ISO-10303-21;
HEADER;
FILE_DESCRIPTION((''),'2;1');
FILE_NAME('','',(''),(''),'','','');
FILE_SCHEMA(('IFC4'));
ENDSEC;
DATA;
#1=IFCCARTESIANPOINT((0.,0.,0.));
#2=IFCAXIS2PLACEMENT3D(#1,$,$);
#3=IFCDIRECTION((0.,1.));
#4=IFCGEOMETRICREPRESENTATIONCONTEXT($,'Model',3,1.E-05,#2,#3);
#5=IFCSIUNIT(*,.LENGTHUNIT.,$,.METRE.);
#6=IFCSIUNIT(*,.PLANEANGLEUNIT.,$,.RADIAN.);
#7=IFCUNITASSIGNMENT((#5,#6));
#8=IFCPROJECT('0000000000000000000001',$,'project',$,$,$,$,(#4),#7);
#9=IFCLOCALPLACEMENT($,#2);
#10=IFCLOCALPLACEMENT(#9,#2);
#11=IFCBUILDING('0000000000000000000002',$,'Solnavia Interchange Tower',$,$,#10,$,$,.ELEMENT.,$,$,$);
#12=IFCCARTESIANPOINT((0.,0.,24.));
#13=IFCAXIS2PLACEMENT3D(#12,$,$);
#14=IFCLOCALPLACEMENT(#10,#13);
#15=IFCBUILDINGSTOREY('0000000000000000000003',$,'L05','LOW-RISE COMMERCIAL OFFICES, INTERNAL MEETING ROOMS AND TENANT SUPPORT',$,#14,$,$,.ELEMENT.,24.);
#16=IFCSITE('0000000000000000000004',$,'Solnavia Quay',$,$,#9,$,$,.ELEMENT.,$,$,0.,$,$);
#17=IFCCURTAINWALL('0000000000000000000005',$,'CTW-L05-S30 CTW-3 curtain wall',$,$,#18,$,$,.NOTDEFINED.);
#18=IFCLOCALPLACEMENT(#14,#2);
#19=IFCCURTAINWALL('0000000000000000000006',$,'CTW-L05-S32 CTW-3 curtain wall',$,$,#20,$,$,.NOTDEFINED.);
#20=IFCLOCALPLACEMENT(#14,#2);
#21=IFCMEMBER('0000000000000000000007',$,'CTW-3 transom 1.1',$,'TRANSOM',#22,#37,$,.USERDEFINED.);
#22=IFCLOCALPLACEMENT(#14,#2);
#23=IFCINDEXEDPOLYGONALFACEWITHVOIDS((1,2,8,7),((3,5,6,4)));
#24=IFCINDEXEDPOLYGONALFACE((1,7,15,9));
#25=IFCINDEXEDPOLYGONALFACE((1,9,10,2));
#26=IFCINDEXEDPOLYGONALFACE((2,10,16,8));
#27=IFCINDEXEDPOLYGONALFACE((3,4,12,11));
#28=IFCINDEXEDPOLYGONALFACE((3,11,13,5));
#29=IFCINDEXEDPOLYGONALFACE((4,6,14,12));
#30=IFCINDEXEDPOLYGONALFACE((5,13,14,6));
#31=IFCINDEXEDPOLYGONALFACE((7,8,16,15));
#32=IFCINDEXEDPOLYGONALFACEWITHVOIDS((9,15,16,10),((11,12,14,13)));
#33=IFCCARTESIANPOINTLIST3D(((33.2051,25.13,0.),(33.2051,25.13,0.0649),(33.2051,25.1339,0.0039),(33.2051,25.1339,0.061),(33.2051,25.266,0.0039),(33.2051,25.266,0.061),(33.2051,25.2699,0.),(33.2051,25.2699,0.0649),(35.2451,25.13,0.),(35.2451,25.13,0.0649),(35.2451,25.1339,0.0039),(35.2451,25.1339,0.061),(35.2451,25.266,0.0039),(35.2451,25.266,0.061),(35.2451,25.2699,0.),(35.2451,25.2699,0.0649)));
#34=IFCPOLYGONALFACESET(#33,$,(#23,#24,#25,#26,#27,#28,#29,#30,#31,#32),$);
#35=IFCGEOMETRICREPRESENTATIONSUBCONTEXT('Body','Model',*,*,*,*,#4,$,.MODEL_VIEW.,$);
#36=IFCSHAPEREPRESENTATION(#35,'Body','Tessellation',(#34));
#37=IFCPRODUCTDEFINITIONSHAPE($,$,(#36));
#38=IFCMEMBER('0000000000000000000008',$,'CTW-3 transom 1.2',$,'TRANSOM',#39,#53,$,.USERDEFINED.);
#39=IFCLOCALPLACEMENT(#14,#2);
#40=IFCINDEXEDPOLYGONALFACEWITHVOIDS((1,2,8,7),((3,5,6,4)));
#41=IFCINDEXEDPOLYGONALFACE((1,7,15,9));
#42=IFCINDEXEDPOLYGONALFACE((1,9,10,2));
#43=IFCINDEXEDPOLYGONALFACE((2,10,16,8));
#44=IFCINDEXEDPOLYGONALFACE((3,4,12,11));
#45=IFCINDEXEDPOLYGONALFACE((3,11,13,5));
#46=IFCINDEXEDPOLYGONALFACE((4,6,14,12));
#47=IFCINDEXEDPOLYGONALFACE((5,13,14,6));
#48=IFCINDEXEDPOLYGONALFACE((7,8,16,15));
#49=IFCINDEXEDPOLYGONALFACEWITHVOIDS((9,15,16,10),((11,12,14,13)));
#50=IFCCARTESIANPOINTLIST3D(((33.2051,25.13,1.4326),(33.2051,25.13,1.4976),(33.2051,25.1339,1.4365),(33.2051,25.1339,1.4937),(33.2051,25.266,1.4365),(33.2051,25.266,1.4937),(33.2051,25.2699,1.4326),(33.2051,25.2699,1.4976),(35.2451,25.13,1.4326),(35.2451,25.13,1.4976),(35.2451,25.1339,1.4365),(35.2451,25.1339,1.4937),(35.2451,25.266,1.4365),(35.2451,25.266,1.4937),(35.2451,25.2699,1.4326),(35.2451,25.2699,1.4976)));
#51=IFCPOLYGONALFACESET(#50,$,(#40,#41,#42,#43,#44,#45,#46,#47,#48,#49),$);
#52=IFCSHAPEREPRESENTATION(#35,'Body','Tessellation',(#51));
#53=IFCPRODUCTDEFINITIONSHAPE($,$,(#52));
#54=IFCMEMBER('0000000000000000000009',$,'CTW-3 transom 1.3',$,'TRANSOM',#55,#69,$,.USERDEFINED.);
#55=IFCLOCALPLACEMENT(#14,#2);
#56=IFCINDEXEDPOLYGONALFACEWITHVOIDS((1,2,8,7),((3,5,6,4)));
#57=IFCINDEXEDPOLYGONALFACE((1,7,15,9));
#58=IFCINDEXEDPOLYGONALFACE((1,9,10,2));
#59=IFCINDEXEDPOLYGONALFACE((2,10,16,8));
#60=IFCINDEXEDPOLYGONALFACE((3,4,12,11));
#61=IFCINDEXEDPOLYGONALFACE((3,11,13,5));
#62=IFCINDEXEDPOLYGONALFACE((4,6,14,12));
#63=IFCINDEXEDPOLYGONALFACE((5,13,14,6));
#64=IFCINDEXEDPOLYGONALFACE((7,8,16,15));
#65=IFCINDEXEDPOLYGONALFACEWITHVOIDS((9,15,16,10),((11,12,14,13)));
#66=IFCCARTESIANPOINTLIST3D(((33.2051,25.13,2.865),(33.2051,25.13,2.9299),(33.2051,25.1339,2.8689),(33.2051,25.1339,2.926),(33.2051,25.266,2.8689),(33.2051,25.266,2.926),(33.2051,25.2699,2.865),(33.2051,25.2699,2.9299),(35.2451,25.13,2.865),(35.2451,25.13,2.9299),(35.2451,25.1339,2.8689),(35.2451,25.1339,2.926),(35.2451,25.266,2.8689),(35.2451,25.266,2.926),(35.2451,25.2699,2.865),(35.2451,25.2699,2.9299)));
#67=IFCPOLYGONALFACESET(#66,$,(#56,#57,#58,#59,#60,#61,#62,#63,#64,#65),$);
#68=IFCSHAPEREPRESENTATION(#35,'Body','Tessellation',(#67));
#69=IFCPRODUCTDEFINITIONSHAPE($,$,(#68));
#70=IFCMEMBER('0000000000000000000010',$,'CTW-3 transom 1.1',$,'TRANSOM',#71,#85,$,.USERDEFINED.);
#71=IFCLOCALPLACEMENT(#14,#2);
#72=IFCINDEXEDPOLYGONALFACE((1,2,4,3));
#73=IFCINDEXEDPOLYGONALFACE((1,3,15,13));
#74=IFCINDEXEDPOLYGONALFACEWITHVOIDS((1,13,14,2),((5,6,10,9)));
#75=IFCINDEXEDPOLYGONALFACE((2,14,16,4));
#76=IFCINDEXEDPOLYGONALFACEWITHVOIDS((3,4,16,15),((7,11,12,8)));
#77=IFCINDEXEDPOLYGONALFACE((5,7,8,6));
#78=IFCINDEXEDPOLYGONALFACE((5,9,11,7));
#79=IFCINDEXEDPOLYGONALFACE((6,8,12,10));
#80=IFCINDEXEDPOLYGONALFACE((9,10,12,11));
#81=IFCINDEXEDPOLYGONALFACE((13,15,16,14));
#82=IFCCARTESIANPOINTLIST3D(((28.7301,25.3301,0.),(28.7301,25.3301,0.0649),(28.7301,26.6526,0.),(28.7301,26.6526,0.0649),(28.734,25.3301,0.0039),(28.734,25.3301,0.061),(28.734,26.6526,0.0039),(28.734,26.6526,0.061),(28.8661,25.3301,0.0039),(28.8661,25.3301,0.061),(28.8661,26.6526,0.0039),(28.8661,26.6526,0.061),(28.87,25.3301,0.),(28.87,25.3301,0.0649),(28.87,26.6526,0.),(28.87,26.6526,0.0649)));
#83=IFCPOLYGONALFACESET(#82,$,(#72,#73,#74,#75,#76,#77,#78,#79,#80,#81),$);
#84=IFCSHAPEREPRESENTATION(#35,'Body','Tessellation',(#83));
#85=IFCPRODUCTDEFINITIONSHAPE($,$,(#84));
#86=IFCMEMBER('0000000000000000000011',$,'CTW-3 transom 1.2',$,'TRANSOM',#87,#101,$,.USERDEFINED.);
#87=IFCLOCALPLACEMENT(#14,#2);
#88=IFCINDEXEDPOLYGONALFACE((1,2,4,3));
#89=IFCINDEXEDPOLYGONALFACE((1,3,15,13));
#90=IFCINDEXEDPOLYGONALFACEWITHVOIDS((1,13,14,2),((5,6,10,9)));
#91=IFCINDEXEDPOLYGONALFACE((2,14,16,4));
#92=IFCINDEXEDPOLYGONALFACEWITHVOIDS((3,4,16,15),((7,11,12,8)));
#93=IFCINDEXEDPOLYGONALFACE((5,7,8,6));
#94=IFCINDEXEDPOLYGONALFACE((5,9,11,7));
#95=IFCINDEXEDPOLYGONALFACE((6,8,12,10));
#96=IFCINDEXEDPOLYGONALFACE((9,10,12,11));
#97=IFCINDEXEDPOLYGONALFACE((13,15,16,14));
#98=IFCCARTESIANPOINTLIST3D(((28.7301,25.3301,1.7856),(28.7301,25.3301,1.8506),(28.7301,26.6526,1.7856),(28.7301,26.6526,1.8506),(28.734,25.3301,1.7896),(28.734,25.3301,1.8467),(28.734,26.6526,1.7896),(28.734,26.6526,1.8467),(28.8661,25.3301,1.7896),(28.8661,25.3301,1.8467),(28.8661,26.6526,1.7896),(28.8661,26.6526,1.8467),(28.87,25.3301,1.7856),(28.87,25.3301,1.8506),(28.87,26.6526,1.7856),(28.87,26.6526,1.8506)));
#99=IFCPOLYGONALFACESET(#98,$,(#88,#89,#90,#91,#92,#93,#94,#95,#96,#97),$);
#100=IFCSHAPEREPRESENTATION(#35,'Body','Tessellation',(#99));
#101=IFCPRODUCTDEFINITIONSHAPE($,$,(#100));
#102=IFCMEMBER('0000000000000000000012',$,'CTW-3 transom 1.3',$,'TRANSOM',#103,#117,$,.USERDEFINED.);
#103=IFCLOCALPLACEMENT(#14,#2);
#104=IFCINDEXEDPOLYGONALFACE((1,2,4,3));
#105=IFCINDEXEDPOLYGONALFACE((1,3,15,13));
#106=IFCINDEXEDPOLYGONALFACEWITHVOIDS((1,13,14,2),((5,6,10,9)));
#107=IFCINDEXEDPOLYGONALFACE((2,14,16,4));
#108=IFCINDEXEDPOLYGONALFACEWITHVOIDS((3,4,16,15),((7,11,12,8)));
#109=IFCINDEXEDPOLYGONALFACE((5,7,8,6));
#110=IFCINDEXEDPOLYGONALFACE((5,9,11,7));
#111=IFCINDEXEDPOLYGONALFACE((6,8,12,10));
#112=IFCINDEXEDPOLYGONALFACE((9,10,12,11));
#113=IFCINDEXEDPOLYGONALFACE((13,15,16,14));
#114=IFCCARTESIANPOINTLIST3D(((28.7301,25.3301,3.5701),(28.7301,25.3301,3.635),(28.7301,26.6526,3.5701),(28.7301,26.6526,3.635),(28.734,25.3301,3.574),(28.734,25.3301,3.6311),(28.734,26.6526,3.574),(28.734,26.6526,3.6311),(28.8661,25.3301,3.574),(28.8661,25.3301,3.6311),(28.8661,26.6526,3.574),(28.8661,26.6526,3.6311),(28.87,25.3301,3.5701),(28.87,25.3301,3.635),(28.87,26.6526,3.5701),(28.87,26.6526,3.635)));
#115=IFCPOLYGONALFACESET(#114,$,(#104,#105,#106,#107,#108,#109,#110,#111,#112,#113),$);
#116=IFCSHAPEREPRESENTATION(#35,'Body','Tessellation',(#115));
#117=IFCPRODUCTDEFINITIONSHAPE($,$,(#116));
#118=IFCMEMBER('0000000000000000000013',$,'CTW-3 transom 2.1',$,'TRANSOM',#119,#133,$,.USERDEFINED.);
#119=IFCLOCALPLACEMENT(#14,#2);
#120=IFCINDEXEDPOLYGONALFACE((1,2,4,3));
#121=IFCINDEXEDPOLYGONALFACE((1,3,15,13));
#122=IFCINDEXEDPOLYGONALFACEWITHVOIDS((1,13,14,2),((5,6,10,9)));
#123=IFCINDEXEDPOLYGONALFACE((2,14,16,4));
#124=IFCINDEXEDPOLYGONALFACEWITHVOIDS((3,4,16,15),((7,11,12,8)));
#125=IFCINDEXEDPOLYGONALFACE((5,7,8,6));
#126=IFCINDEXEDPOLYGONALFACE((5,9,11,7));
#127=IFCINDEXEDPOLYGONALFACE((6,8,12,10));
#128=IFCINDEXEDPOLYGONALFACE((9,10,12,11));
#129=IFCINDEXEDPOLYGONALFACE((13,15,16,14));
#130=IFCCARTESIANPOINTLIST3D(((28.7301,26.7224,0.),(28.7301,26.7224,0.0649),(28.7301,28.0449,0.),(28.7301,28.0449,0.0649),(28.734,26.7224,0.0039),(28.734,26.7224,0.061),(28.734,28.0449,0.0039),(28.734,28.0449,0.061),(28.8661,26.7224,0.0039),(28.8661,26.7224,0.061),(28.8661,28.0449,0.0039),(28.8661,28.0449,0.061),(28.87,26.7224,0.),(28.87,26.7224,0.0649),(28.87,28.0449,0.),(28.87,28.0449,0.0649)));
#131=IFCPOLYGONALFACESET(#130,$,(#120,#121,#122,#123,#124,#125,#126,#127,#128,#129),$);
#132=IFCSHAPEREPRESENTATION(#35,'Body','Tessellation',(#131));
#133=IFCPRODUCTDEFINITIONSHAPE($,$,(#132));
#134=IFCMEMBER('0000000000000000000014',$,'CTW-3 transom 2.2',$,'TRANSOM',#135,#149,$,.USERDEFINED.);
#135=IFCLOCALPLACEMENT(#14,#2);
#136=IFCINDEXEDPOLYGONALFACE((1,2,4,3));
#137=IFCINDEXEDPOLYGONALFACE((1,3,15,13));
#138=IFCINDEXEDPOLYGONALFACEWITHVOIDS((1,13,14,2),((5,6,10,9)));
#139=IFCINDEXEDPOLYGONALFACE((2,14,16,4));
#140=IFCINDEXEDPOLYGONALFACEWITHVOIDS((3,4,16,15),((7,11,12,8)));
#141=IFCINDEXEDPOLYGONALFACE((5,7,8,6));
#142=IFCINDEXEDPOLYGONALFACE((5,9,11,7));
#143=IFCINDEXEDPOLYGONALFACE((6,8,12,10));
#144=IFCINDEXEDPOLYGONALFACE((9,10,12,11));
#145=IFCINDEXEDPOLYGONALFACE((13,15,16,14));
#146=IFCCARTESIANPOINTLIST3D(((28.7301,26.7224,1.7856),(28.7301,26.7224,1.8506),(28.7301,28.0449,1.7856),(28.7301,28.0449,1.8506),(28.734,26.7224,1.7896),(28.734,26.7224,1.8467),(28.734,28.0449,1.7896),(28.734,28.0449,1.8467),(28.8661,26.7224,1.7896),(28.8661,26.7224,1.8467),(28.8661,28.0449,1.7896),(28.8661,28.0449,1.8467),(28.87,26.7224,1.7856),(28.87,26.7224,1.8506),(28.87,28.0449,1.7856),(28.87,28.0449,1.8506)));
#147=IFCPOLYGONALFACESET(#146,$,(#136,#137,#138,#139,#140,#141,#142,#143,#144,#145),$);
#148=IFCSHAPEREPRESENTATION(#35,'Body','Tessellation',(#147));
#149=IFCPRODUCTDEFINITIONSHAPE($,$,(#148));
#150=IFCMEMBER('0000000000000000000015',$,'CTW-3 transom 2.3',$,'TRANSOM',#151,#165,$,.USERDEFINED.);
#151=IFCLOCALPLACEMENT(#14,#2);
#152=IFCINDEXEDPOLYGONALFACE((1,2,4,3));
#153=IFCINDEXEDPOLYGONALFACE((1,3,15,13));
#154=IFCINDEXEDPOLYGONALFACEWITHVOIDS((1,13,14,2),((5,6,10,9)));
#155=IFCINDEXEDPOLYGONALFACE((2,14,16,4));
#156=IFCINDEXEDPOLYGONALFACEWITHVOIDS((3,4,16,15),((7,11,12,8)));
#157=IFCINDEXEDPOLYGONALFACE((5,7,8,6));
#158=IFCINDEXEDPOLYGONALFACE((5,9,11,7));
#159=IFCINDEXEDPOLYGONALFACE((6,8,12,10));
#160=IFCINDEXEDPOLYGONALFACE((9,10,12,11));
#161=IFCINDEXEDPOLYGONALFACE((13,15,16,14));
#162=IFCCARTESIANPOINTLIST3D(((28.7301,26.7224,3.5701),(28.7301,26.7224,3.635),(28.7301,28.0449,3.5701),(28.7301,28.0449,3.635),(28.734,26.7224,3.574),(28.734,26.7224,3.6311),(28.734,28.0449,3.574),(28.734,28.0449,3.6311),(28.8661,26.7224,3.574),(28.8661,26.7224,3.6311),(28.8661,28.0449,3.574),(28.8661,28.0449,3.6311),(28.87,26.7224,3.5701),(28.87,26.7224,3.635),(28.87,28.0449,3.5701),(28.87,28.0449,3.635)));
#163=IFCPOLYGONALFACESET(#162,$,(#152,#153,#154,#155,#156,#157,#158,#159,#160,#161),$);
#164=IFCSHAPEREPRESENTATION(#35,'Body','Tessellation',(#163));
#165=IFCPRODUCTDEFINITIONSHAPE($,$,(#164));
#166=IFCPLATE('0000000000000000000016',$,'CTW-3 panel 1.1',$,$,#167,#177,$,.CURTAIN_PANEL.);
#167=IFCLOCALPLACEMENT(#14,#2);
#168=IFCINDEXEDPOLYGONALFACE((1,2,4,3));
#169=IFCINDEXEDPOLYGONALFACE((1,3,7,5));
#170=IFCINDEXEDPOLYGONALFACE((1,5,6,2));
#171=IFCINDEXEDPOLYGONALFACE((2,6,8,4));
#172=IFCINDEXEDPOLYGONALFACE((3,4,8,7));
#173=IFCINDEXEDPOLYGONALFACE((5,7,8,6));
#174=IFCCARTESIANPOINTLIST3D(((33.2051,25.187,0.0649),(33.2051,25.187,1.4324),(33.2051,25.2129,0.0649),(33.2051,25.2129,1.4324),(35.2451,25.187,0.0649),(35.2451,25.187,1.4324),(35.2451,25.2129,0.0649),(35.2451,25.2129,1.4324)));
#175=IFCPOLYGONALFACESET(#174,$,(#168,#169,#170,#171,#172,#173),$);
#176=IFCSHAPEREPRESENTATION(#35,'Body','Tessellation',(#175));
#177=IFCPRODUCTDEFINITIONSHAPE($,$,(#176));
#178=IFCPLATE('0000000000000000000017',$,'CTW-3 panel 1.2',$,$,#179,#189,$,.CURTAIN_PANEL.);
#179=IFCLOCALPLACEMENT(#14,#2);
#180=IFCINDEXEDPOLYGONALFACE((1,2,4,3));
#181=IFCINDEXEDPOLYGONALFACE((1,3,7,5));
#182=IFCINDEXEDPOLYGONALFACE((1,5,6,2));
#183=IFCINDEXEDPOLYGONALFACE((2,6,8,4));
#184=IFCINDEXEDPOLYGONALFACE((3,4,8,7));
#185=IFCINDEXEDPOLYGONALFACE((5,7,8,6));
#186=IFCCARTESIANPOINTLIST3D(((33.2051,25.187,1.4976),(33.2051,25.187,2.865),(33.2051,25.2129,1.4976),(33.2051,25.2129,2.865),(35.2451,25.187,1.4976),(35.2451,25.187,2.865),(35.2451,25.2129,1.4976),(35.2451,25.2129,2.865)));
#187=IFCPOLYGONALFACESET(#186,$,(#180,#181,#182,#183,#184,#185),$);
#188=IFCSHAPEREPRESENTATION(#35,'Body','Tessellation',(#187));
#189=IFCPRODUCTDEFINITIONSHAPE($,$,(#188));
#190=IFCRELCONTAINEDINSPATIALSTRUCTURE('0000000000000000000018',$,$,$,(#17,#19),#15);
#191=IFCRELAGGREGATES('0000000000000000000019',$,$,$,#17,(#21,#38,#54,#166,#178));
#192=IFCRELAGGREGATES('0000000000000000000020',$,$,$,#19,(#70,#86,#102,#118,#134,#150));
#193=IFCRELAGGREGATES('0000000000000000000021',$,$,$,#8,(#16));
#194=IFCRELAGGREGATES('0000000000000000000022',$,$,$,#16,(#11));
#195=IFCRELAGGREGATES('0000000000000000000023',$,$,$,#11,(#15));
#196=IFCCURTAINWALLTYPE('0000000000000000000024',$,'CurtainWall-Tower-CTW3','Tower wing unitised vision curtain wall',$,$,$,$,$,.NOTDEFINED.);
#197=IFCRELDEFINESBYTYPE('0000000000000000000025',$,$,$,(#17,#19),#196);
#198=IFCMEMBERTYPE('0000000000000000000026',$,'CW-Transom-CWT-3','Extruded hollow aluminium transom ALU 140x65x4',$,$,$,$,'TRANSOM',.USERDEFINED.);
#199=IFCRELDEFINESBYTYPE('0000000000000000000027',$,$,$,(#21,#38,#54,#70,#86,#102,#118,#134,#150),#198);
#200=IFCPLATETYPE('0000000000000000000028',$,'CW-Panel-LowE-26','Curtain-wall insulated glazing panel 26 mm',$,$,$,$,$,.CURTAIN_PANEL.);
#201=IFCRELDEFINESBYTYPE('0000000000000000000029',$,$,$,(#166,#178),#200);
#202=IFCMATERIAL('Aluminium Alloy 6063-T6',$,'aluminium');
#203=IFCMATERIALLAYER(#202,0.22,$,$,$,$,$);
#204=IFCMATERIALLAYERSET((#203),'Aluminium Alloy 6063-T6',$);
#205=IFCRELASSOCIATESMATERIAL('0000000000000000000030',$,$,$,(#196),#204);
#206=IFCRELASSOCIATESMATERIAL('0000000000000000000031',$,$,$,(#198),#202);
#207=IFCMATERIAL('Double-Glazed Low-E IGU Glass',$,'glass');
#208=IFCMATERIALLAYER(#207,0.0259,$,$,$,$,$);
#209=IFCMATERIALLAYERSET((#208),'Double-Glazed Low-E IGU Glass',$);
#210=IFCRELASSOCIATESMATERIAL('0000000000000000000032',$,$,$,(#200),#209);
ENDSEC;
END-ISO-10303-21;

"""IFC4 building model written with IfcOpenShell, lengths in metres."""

from ifc_helpers import new_model, si_unit, direction, frame, origin, origin_2d, place, context, subcontext, project, spatial, rectangle, hollow_rectangle, extrude, material, layer, layer_set, material_profile, profile_set, type_object, element, aggregate, save


model = new_model("IFC4")

# Units and contexts
model_context = context("Model", 3, precision=1e-05, world=origin(), true_north=direction((0.0, 1.0)))
body_context = subcontext(model_context, "Body", "Model", "MODEL_VIEW")
ifc_project = project(units=[si_unit("LENGTHUNIT", "METRE"), si_unit("PLANEANGLEUNIT", "RADIAN")], contexts=[model_context])

# Site, building, storey
site_placement = place(None, origin())
site = spatial("IfcSite", under=ifc_project, at=site_placement, Name="Solnavia Quay", CompositionType="ELEMENT", RefElevation=0.0)
building_placement = place(site_placement, origin())
building = spatial("IfcBuilding", under=site, at=building_placement, Name="Solnavia Interchange Tower", CompositionType="ELEMENT")
storey_placement = place(building_placement, frame((0.0, 0.0, 24.0)))
storey = spatial("IfcBuildingStorey", under=building, at=storey_placement, Name="L05", Description="LOW-RISE COMMERCIAL OFFICES, INTERNAL MEETING ROOMS AND TENANT SUPPORT", CompositionType="ELEMENT", Elevation=24.0)

# Curtain wall
ifc_material_1 = material(Name="Aluminium Alloy 6063-T6", Category="aluminium")
ifc_layer_1 = layer(ifc_material_1, 0.22)
ifc_layer_set_1 = layer_set([ifc_layer_1], Name="Aluminium Alloy 6063-T6")
curtain_wall_type = type_object("IfcCurtainWallType", Name="CurtainWall-Tower-CTW3", Description="Tower wing unitised vision curtain wall", PredefinedType="NOTDEFINED", material=ifc_layer_set_1)
curtain_wall_1_placement = place(storey_placement, origin())
curtain_wall_1 = element("IfcCurtainWall", 1, at=curtain_wall_1_placement, inside=storey, type_object=curtain_wall_type, Name="CTW-L05-S30 CTW-3 curtain wall", PredefinedType="NOTDEFINED")

# Curtain wall
curtain_wall_2_placement = place(storey_placement, origin())
curtain_wall_2 = element("IfcCurtainWall", 2, at=curtain_wall_2_placement, inside=storey, type_object=curtain_wall_type, Name="CTW-L05-S32 CTW-3 curtain wall", PredefinedType="NOTDEFINED")

# Members
ifc_material_profile_1 = material_profile(ifc_material_1, hollow_rectangle(XDim=0.0649, YDim=0.1399, WallThickness=0.0039, at=origin_2d()), Name="ALU 140x65x4")
ifc_profile_set_1 = profile_set([ifc_material_profile_1], Name="Aluminium Alloy 6063-T6")
member_type_1 = type_object("IfcMemberType", Name="CW-Transom-CWT-3", Description="Extruded hollow aluminium transom ALU 140x65x4", ElementType="TRANSOM", PredefinedType="USERDEFINED", material=ifc_profile_set_1)
member_1_placement = place(storey_placement, frame((35.2451, 25.2, 0.0325), z_axis=(-1.0, 0.0, 0.0), x_axis=(0.0, 0.0, 1.0)))
member_1 = element("IfcMember", 3, at=member_1_placement, type_object=member_type_1, Name="CTW-3 transom 1.1", ObjectType="TRANSOM", PredefinedType="USERDEFINED", context=body_context, shape_type="SweptSolid", body=[
    extrude(hollow_rectangle(XDim=0.0649, YDim=0.1399, WallThickness=0.0039, at=origin_2d()), origin(), (0.0, 0.0, 1.0), 2.04),
])
member_2_placement = place(storey_placement, frame((35.2451, 25.2, 1.4651), z_axis=(-1.0, 0.0, 0.0), x_axis=(0.0, 0.0, 1.0)))
member_2 = element("IfcMember", 4, at=member_2_placement, type_object=member_type_1, Name="CTW-3 transom 1.2", ObjectType="TRANSOM", PredefinedType="USERDEFINED", context=body_context, shape_type="SweptSolid", body=[
    extrude(hollow_rectangle(XDim=0.0649, YDim=0.1399, WallThickness=0.0039, at=origin_2d()), origin(), (0.0, 0.0, 1.0), 2.04),
])
member_3_placement = place(storey_placement, frame((35.2451, 25.2, 2.8975), z_axis=(-1.0, 0.0, 0.0), x_axis=(0.0, 0.0, 1.0)))
member_3 = element("IfcMember", 5, at=member_3_placement, type_object=member_type_1, Name="CTW-3 transom 1.3", ObjectType="TRANSOM", PredefinedType="USERDEFINED", context=body_context, shape_type="SweptSolid", body=[
    extrude(hollow_rectangle(XDim=0.0649, YDim=0.1399, WallThickness=0.0039, at=origin_2d()), origin(), (0.0, 0.0, 1.0), 2.04),
])
member_4_placement = place(storey_placement, frame((28.8, 25.3301, 0.0325), z_axis=(0.0, 1.0, 0.0), x_axis=(0.0, 0.0, 1.0)))
member_4 = element("IfcMember", 6, at=member_4_placement, type_object=member_type_1, Name="CTW-3 transom 1.1", ObjectType="TRANSOM", PredefinedType="USERDEFINED", context=body_context, shape_type="SweptSolid", body=[
    extrude(hollow_rectangle(XDim=0.0649, YDim=0.1399, WallThickness=0.0039, at=origin_2d()), origin(), (0.0, 0.0, 1.0), 1.3225),
])
member_5_placement = place(storey_placement, frame((28.8, 25.3301, 1.8181), z_axis=(0.0, 1.0, 0.0), x_axis=(0.0, 0.0, 1.0)))
member_5 = element("IfcMember", 7, at=member_5_placement, type_object=member_type_1, Name="CTW-3 transom 1.2", ObjectType="TRANSOM", PredefinedType="USERDEFINED", context=body_context, shape_type="SweptSolid", body=[
    extrude(hollow_rectangle(XDim=0.0649, YDim=0.1399, WallThickness=0.0039, at=origin_2d()), origin(), (0.0, 0.0, 1.0), 1.3225),
])
member_6_placement = place(storey_placement, frame((28.8, 25.3301, 3.6025), z_axis=(0.0, 1.0, 0.0), x_axis=(0.0, 0.0, 1.0)))
member_6 = element("IfcMember", 8, at=member_6_placement, type_object=member_type_1, Name="CTW-3 transom 1.3", ObjectType="TRANSOM", PredefinedType="USERDEFINED", context=body_context, shape_type="SweptSolid", body=[
    extrude(hollow_rectangle(XDim=0.0649, YDim=0.1399, WallThickness=0.0039, at=origin_2d()), origin(), (0.0, 0.0, 1.0), 1.3225),
])
member_7_placement = place(storey_placement, frame((28.8, 26.7224, 0.0325), z_axis=(0.0, 1.0, 0.0), x_axis=(0.0, 0.0, 1.0)))
member_7 = element("IfcMember", 9, at=member_7_placement, type_object=member_type_1, Name="CTW-3 transom 2.1", ObjectType="TRANSOM", PredefinedType="USERDEFINED", context=body_context, shape_type="SweptSolid", body=[
    extrude(hollow_rectangle(XDim=0.0649, YDim=0.1399, WallThickness=0.0039, at=origin_2d()), origin(), (0.0, 0.0, 1.0), 1.3225),
])
member_8_placement = place(storey_placement, frame((28.8, 26.7224, 1.8181), z_axis=(0.0, 1.0, 0.0), x_axis=(0.0, 0.0, 1.0)))
member_8 = element("IfcMember", 10, at=member_8_placement, type_object=member_type_1, Name="CTW-3 transom 2.2", ObjectType="TRANSOM", PredefinedType="USERDEFINED", context=body_context, shape_type="SweptSolid", body=[
    extrude(hollow_rectangle(XDim=0.0649, YDim=0.1399, WallThickness=0.0039, at=origin_2d()), origin(), (0.0, 0.0, 1.0), 1.3225),
])
member_9_placement = place(storey_placement, frame((28.8, 26.7224, 3.6025), z_axis=(0.0, 1.0, 0.0), x_axis=(0.0, 0.0, 1.0)))
member_9 = element("IfcMember", 11, at=member_9_placement, type_object=member_type_1, Name="CTW-3 transom 2.3", ObjectType="TRANSOM", PredefinedType="USERDEFINED", context=body_context, shape_type="SweptSolid", body=[
    extrude(hollow_rectangle(XDim=0.0649, YDim=0.1399, WallThickness=0.0039, at=origin_2d()), origin(), (0.0, 0.0, 1.0), 1.3225),
])

# Plates
ifc_material_2 = material(Name="Double-Glazed Low-E IGU Glass", Category="glass")
ifc_layer_2 = layer(ifc_material_2, 0.0259)
ifc_layer_set_2 = layer_set([ifc_layer_2], Name="Double-Glazed Low-E IGU Glass")
plate_type = type_object("IfcPlateType", Name="CW-Panel-LowE-26", Description="Curtain-wall insulated glazing panel 26 mm", PredefinedType="CURTAIN_PANEL", material=ifc_layer_set_2)
plate_1_placement = place(storey_placement, frame((34.2251, 25.2, 0.0649), z_axis=(0.0, 0.0, 1.0), x_axis=(-1.0, 0.0, 0.0)))
plate_1 = element("IfcPlate", 12, at=plate_1_placement, type_object=plate_type, Name="CTW-3 panel 1.1", PredefinedType="CURTAIN_PANEL", context=body_context, shape_type="SweptSolid", body=[
    extrude(rectangle(XDim=2.04, YDim=0.0259, at=origin_2d()), origin(), (0.0, 0.0, 1.0), 1.3674),
])
plate_2_placement = place(storey_placement, frame((34.2251, 25.2, 1.4976), z_axis=(0.0, 0.0, 1.0), x_axis=(-1.0, 0.0, 0.0)))
plate_2 = element("IfcPlate", 13, at=plate_2_placement, type_object=plate_type, Name="CTW-3 panel 1.2", PredefinedType="CURTAIN_PANEL", context=body_context, shape_type="SweptSolid", body=[
    extrude(rectangle(XDim=2.04, YDim=0.0259, at=origin_2d()), origin(), (0.0, 0.0, 1.0), 1.3674),
])
aggregate(curtain_wall_1, [member_1, member_2, member_3, plate_1, plate_2])
aggregate(curtain_wall_2, [member_4, member_5, member_6, member_7, member_8, member_9])

save(model, "model.ifc")
